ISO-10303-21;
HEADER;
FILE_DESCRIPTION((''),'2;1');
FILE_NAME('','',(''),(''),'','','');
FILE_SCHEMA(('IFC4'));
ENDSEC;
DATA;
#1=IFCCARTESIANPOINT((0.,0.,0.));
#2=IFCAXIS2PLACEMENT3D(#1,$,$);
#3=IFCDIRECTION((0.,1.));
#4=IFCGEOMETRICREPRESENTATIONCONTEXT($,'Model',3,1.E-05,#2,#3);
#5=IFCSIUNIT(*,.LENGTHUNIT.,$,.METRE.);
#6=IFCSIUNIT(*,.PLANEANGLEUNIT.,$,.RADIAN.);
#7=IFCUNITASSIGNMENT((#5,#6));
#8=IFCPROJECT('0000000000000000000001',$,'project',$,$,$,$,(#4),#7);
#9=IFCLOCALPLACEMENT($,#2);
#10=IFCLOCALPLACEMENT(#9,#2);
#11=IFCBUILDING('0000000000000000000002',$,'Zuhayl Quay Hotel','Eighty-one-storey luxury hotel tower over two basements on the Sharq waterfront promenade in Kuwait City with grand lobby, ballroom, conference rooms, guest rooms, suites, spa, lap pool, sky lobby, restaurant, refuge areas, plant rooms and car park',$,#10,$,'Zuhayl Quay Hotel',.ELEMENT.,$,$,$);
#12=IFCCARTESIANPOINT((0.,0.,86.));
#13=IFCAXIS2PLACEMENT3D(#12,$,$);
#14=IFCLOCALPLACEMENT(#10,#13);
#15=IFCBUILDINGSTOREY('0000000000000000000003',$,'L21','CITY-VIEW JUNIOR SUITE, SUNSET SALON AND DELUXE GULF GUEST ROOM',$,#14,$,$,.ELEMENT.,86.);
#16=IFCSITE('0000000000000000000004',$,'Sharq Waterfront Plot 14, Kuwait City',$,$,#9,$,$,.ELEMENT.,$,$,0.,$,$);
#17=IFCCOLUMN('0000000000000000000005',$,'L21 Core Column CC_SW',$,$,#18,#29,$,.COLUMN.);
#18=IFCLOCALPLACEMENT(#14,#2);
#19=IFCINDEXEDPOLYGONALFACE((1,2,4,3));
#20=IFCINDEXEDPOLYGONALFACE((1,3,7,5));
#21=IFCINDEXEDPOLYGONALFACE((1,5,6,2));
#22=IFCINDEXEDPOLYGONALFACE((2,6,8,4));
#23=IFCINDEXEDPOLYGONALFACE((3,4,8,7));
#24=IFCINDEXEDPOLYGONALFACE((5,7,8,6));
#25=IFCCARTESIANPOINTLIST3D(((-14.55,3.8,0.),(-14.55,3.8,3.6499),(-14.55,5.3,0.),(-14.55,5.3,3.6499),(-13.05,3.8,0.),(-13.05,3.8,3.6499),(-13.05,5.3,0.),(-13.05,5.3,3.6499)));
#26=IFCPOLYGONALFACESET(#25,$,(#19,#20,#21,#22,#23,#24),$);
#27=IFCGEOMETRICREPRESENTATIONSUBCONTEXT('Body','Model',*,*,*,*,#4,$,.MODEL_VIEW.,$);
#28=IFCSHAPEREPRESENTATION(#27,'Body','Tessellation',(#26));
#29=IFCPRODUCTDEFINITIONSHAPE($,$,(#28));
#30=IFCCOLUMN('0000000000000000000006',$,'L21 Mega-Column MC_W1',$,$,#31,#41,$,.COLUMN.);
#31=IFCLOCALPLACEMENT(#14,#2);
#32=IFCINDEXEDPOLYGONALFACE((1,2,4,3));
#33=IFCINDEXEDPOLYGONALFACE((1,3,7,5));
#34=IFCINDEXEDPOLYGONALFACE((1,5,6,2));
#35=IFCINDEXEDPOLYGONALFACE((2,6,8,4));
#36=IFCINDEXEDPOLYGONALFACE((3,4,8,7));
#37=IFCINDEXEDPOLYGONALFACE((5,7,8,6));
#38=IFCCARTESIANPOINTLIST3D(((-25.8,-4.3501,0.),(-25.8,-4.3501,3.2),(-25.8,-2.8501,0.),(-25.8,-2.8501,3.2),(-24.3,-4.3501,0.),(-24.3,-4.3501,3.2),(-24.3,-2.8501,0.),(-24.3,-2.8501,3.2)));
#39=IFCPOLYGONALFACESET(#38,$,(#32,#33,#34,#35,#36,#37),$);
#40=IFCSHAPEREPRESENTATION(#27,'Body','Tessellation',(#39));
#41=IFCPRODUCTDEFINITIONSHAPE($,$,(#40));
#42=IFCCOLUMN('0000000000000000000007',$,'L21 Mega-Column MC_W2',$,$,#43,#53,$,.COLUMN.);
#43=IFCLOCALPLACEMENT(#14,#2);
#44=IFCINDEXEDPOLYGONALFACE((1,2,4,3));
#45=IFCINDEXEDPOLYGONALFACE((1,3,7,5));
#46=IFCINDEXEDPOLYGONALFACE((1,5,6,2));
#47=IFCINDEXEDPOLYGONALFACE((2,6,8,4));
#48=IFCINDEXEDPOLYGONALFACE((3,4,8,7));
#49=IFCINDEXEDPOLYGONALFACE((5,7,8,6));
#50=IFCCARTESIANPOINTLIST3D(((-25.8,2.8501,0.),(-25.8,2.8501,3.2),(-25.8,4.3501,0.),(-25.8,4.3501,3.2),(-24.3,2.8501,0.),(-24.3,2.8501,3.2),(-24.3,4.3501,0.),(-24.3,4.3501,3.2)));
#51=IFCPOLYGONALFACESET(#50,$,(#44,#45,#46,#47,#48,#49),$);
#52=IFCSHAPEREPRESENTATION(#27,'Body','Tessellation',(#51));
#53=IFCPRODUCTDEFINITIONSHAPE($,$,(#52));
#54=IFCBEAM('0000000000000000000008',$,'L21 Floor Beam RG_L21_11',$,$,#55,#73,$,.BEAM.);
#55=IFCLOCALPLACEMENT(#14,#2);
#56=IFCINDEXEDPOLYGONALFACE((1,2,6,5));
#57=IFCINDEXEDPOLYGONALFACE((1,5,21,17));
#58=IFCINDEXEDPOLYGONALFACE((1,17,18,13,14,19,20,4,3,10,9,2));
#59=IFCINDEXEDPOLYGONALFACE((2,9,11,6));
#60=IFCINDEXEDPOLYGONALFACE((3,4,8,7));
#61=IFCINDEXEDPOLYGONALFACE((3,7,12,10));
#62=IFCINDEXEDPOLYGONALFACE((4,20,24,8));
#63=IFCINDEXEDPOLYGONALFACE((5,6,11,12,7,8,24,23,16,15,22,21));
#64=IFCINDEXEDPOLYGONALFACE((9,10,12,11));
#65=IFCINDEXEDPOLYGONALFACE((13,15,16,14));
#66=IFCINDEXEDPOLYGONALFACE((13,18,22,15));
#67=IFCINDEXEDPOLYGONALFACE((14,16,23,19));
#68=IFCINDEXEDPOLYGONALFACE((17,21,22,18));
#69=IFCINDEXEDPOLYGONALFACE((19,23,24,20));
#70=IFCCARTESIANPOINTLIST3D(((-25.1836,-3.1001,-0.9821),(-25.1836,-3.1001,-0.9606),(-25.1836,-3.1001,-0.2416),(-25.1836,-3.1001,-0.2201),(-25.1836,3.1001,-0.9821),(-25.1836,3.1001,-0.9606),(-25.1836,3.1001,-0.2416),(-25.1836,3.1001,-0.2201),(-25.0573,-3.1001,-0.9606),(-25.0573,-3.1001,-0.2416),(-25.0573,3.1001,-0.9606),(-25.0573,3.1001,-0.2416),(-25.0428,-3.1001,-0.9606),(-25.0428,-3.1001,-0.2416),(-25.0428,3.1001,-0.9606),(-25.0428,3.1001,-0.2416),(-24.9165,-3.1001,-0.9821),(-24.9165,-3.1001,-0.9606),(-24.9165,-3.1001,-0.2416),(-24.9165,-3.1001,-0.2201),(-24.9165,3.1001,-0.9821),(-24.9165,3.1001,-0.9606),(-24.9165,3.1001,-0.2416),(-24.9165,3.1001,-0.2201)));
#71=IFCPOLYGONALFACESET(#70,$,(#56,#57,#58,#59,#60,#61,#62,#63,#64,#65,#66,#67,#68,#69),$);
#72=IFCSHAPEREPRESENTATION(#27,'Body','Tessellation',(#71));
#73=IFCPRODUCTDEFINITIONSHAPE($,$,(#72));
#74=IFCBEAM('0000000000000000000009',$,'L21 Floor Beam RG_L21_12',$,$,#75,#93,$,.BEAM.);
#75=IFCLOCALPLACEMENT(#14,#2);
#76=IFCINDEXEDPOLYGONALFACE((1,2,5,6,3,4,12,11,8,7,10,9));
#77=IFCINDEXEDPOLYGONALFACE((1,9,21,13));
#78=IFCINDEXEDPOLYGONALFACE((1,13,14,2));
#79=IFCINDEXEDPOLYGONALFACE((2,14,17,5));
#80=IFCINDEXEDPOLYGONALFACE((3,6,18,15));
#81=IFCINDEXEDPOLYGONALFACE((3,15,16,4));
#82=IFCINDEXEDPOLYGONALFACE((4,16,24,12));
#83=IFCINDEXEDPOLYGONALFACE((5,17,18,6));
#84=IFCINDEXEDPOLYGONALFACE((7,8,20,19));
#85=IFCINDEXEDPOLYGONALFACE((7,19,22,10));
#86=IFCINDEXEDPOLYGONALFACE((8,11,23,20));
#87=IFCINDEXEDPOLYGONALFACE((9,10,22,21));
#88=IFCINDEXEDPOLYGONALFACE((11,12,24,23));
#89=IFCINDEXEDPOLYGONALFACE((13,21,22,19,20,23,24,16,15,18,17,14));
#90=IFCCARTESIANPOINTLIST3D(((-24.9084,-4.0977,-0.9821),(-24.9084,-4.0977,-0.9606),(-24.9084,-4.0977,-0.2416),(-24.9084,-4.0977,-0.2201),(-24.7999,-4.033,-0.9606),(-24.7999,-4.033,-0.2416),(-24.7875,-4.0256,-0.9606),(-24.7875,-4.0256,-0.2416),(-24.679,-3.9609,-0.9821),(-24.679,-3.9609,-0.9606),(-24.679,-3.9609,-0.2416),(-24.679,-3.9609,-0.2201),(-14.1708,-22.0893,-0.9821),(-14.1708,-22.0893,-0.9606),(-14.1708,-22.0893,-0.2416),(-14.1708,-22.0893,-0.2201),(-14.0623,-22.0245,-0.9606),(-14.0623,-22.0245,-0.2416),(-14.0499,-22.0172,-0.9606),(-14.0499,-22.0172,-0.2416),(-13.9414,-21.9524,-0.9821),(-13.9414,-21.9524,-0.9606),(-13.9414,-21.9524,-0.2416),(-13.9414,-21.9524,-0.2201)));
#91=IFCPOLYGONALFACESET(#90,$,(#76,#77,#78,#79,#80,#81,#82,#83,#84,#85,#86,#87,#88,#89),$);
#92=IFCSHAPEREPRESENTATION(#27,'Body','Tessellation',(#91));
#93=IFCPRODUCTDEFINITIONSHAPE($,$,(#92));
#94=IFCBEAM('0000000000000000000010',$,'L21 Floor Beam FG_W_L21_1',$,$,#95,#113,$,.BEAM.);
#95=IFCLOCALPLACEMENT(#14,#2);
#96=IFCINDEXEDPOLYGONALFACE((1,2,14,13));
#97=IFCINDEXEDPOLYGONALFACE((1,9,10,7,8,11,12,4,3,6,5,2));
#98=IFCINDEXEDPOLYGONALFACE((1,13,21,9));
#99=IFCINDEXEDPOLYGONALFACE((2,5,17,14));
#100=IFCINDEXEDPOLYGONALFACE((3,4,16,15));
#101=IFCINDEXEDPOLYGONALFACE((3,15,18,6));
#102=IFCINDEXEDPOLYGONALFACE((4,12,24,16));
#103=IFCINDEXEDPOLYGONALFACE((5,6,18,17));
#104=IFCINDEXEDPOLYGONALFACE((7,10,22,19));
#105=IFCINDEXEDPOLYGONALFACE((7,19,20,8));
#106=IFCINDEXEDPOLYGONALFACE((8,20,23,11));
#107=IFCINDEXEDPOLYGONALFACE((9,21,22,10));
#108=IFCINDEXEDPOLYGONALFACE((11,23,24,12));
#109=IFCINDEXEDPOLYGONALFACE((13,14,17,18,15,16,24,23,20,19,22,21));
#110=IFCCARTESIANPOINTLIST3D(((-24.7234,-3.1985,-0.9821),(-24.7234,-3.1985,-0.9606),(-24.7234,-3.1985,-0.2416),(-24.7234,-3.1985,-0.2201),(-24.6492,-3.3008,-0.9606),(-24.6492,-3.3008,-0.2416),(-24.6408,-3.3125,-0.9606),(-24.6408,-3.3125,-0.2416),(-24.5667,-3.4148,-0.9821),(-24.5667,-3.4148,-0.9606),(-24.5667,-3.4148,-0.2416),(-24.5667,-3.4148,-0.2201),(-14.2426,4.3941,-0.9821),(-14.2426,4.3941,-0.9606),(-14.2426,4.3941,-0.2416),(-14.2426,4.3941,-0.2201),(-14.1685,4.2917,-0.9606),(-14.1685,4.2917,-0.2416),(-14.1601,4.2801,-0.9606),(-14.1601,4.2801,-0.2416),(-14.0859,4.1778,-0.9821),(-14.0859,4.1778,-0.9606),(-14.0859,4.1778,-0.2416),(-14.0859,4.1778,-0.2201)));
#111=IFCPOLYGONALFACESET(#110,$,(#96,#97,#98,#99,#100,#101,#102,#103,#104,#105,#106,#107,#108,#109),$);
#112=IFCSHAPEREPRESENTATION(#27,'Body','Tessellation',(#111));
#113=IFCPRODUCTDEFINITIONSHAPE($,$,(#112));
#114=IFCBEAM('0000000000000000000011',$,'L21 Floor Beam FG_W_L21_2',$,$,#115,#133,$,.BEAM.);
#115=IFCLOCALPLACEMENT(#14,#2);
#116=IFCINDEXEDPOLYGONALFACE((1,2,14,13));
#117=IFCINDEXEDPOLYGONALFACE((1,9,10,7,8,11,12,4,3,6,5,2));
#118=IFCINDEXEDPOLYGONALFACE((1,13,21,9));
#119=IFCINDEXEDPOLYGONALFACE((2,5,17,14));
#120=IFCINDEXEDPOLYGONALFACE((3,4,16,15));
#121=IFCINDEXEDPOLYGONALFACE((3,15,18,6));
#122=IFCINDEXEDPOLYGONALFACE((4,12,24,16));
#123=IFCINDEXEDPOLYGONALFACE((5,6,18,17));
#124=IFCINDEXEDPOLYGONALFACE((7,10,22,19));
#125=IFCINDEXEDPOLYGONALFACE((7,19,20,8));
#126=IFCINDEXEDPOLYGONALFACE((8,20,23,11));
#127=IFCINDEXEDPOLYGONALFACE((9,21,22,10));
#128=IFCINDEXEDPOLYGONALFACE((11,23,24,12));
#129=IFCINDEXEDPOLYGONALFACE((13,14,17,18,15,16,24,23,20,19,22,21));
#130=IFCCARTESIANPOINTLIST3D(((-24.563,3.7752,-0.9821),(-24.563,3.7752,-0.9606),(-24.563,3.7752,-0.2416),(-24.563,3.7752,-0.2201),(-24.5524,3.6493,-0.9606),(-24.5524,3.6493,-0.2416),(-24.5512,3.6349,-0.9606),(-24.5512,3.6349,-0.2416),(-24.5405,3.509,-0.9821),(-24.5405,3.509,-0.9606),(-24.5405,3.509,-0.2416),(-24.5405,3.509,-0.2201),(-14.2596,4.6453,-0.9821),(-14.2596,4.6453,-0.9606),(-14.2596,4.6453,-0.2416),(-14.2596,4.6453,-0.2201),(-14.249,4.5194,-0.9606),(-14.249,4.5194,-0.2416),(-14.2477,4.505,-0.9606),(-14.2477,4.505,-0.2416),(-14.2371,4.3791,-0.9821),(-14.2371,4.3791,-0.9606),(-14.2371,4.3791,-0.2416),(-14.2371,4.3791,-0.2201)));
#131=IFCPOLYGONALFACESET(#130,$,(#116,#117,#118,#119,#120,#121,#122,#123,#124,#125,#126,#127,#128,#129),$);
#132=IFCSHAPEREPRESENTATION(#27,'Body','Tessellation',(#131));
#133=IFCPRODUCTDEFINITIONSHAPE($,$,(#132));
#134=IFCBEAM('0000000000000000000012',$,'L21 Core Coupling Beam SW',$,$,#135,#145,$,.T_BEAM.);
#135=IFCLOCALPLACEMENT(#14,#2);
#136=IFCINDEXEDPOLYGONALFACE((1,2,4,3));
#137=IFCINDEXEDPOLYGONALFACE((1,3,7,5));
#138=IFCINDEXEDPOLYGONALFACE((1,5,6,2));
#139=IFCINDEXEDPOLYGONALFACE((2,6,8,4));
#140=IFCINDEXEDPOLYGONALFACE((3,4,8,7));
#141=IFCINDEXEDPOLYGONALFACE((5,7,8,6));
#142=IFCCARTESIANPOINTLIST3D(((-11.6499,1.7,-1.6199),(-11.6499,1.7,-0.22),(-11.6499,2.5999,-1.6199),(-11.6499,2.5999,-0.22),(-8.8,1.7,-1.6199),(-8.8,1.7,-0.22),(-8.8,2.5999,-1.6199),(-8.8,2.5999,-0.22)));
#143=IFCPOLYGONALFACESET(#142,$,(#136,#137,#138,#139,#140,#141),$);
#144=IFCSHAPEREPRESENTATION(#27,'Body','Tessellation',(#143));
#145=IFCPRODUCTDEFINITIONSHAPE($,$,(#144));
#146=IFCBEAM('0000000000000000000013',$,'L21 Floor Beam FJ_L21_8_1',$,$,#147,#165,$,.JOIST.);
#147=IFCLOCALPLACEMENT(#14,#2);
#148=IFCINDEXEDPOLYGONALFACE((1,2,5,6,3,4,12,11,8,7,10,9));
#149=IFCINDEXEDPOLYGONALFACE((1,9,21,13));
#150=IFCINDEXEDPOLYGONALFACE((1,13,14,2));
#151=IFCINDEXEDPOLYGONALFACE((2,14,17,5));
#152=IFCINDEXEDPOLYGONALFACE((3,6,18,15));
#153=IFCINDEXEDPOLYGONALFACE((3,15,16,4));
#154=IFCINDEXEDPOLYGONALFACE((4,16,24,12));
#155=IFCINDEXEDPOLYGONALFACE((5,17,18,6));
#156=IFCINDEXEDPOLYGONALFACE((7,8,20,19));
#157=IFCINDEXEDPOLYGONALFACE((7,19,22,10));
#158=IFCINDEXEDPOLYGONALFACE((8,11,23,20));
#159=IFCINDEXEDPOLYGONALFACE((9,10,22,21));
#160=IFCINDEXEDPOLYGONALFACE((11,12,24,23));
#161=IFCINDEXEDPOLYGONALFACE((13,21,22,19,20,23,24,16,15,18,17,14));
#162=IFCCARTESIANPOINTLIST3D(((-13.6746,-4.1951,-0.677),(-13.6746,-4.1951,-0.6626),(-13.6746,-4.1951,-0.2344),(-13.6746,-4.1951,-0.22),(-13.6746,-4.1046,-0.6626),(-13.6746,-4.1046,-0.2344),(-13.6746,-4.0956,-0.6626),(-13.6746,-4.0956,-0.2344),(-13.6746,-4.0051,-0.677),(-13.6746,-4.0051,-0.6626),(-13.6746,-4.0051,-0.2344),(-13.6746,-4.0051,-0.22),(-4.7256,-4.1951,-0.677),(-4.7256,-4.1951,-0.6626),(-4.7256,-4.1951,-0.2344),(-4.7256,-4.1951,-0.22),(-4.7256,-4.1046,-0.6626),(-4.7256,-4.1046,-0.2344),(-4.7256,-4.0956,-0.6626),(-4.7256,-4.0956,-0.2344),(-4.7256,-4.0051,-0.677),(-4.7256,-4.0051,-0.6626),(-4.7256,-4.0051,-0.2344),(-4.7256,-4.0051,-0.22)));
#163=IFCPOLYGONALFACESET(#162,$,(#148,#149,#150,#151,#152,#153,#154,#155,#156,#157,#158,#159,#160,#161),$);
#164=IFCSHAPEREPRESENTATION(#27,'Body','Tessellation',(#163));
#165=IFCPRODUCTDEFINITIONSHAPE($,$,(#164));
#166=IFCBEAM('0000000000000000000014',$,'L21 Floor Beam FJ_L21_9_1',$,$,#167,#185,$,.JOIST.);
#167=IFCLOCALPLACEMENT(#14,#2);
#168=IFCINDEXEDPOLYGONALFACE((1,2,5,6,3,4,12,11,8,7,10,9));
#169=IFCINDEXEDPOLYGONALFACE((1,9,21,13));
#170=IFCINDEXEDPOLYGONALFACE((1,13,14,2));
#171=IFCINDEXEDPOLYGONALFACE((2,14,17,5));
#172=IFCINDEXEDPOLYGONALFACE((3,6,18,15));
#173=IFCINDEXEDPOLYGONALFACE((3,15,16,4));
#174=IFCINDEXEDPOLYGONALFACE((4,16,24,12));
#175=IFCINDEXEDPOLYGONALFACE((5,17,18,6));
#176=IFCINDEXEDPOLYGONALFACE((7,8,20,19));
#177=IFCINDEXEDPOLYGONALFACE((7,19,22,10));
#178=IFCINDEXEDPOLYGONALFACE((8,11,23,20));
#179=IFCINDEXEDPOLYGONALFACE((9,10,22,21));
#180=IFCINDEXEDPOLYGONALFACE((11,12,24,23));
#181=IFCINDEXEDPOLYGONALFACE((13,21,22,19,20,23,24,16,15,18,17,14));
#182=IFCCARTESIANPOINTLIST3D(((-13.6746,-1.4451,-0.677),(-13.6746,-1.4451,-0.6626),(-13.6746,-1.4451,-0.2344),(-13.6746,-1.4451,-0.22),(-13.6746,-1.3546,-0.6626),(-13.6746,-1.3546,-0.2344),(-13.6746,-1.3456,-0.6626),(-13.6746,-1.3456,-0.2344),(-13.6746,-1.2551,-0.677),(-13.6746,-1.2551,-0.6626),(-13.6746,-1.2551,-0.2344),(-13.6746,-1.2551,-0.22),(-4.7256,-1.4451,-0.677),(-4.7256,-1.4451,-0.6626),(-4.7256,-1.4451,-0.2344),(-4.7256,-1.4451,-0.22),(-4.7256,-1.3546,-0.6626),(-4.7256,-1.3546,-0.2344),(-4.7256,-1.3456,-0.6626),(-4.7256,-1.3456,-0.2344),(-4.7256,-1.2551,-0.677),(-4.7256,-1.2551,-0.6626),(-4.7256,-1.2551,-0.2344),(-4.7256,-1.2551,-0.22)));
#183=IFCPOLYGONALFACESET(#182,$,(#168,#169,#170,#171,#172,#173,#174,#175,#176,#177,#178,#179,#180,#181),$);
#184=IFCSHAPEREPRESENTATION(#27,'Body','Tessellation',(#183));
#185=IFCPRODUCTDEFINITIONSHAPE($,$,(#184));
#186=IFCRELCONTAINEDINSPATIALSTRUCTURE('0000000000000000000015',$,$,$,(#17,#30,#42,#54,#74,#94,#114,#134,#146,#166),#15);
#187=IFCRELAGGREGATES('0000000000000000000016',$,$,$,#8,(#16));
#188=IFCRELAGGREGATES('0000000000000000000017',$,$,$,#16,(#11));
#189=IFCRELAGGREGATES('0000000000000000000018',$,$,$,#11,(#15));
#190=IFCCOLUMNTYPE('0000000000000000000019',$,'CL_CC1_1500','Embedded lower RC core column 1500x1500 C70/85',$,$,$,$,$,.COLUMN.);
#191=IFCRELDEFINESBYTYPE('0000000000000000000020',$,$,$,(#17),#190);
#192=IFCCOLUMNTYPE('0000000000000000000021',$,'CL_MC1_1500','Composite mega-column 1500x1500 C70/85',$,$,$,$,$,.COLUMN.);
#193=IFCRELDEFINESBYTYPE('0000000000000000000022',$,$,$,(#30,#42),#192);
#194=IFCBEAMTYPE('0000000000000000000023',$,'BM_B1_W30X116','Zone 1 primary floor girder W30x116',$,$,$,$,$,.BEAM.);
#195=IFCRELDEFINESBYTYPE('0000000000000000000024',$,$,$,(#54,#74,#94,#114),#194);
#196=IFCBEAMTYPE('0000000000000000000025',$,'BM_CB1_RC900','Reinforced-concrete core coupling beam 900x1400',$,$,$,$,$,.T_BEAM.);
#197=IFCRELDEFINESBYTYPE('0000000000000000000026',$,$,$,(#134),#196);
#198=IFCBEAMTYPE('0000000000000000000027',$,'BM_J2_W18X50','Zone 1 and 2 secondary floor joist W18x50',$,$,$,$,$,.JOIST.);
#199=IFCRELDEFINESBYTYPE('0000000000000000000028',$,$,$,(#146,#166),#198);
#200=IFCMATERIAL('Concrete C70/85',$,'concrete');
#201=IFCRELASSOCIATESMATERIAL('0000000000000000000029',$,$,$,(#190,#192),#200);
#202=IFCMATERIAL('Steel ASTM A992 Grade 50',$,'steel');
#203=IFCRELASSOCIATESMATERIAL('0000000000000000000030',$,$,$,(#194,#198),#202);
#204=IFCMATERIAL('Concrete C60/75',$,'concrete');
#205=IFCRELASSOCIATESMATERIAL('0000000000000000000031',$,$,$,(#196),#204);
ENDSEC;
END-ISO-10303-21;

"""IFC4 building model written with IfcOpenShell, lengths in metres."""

from ifc_helpers import new_model, si_unit, direction, frame, origin, origin_2d, place, context, subcontext, project, spatial, rectangle, i_section, extrude, material, material_profile, profile_set, type_object, element, save


model = new_model("IFC4")

# Units and contexts
model_context = context("Model", 3, precision=1e-05, world=origin(), true_north=direction((0.0, 1.0)))
body_context = subcontext(model_context, "Body", "Model", "MODEL_VIEW")
ifc_project = project(units=[si_unit("LENGTHUNIT", "METRE"), si_unit("PLANEANGLEUNIT", "RADIAN")], contexts=[model_context])

# Site, building, storey
site_placement = place(None, origin())
site = spatial("IfcSite", under=ifc_project, at=site_placement, Name="Sharq Waterfront Plot 14, Kuwait City", CompositionType="ELEMENT", RefElevation=0.0)
building_placement = place(site_placement, origin())
building = spatial("IfcBuilding", under=site, at=building_placement, Name="Zuhayl Quay Hotel", Description="Eighty-one-storey luxury hotel tower over two basements on the Sharq waterfront promenade in Kuwait City with grand lobby, ballroom, conference rooms, guest rooms, suites, spa, lap pool, sky lobby, restaurant, refuge areas, plant rooms and car park", LongName="Zuhayl Quay Hotel", CompositionType="ELEMENT")
storey_placement = place(building_placement, frame((0.0, 0.0, 86.0)))
storey = spatial("IfcBuildingStorey", under=building, at=storey_placement, Name="L21", Description="CITY-VIEW JUNIOR SUITE, SUNSET SALON AND DELUXE GULF GUEST ROOM", CompositionType="ELEMENT", Elevation=86.0)

# Columns
ifc_material_1 = material(Name="Concrete C70/85", Category="concrete")
ifc_material_profile_1 = material_profile(ifc_material_1, rectangle(XDim=1.5, YDim=1.5, at=origin_2d()), Name="RC1500X1500")
ifc_profile_set_1 = profile_set([ifc_material_profile_1], Name="Concrete C70/85")
column_type_1 = type_object("IfcColumnType", Name="CL_CC1_1500", Description="Embedded lower RC core column 1500x1500 C70/85", PredefinedType="COLUMN", material=ifc_profile_set_1)
column_placement = place(storey_placement, frame((-13.8, 4.55, 0.0), z_axis=(0.0, 0.0, 1.0), x_axis=(1.0, 0.0, 0.0)))
element("IfcColumn", 1, at=column_placement, inside=storey, type_object=column_type_1, Name="L21 Core Column CC_SW", PredefinedType="COLUMN", context=body_context, shape_type="SweptSolid", body=[
    extrude(rectangle(XDim=1.5, YDim=1.5, at=origin_2d()), origin(), (0.0, 0.0, 1.0), 3.6499),
])
ifc_material_profile_2 = material_profile(ifc_material_1, rectangle(XDim=1.5, YDim=1.5, at=origin_2d()), Name="RC1500X1500")
ifc_profile_set_2 = profile_set([ifc_material_profile_2], Name="Concrete C70/85")
column_type_2 = type_object("IfcColumnType", Name="CL_MC1_1500", Description="Composite mega-column 1500x1500 C70/85", PredefinedType="COLUMN", material=ifc_profile_set_2)
for number, where, z_axis, x_axis, name in (
    (2, (-25.05, -3.6001, 0.0), (0.0, 0.0, 1.0), (1.0, 0.0, 0.0), "L21 Mega-Column MC_W1"),
    (3, (-25.05, 3.6001, 0.0), (0.0, 0.0, 1.0), (1.0, 0.0, 0.0), "L21 Mega-Column MC_W2"),
):
    element("IfcColumn", number, at=place(storey_placement, frame(where, z_axis=z_axis, x_axis=x_axis)), inside=storey, type_object=column_type_2, Name=name, PredefinedType="COLUMN", context=body_context, shape_type="SweptSolid", body=[
        extrude(rectangle(XDim=1.5, YDim=1.5, at=origin_2d()), origin(), (0.0, 0.0, 1.0), 3.2),
    ])

# Beams
ifc_material_2 = material(Name="Steel ASTM A992 Grade 50", Category="steel")
ifc_material_profile_3 = material_profile(ifc_material_2, i_section(OverallWidth=0.2671, OverallDepth=0.762, WebThickness=0.0144, FlangeThickness=0.0215, at=origin_2d()), Name="W30X116")
ifc_profile_set_3 = profile_set([ifc_material_profile_3], Name="Steel ASTM A992 Grade 50")
beam_type_1 = type_object("IfcBeamType", Name="BM_B1_W30X116", Description="Zone 1 primary floor girder W30x116", PredefinedType="BEAM", material=ifc_profile_set_3)
beam_1_placement = place(storey_placement, frame((-25.05, 3.1001, -0.6011), z_axis=(0.0, -1.0, 0.0), x_axis=(1.0, 0.0, 0.0)))
element("IfcBeam", 4, at=beam_1_placement, inside=storey, type_object=beam_type_1, Name="L21 Floor Beam RG_L21_11", PredefinedType="BEAM", context=body_context, shape_type="SweptSolid", body=[
    extrude(i_section(OverallWidth=0.2671, OverallDepth=0.762, WebThickness=0.0144, FlangeThickness=0.0215, at=origin_2d()), origin(), (0.0, 0.0, 1.0), 6.2002),
])
beam_2_placement = place(storey_placement, frame((-24.7937, -4.0293, -0.6011), z_axis=(0.512483, -0.858698, 0.0), x_axis=(0.858698, 0.512483, 0.0)))
element("IfcBeam", 5, at=beam_2_placement, inside=storey, type_object=beam_type_1, Name="L21 Floor Beam RG_L21_12", PredefinedType="BEAM", context=body_context, shape_type="SweptSolid", body=[
    extrude(i_section(OverallWidth=0.2671, OverallDepth=0.762, WebThickness=0.0144, FlangeThickness=0.0215, at=origin_2d()), origin(), (0.0, 0.0, 1.0), 20.9521),
])
beam_3_placement = place(storey_placement, frame((-24.645, -3.3066, -0.6011), z_axis=(0.80983, 0.586664, 0.0), x_axis=(-0.586664, 0.80983, 0.0)))
element("IfcBeam", 6, at=beam_3_placement, inside=storey, type_object=beam_type_1, Name="L21 Floor Beam FG_W_L21_1", PredefinedType="BEAM", context=body_context, shape_type="SweptSolid", body=[
    extrude(i_section(OverallWidth=0.2671, OverallDepth=0.762, WebThickness=0.0144, FlangeThickness=0.0215, at=origin_2d()), origin(), (0.0, 0.0, 1.0), 12.9419),
])
beam_4_placement = place(storey_placement, frame((-24.5518, 3.6421, -0.6011), z_axis=(0.996453, 0.084149, 0.0), x_axis=(-0.084149, 0.996453, 0.0)))
element("IfcBeam", 7, at=beam_4_placement, inside=storey, type_object=beam_type_1, Name="L21 Floor Beam FG_W_L21_2", PredefinedType="BEAM", context=body_context, shape_type="SweptSolid", body=[
    extrude(i_section(OverallWidth=0.2671, OverallDepth=0.762, WebThickness=0.0144, FlangeThickness=0.0215, at=origin_2d()), origin(), (0.0, 0.0, 1.0), 10.3401),
])
ifc_material_3 = material(Name="Concrete C60/75", Category="concrete")
ifc_material_profile_4 = material_profile(ifc_material_3, rectangle(XDim=0.8999, YDim=1.3999, at=origin_2d()), Name="RC900X1400")
ifc_profile_set_4 = profile_set([ifc_material_profile_4], Name="Concrete C60/75")
beam_type_2 = type_object("IfcBeamType", Name="BM_CB1_RC900", Description="Reinforced-concrete core coupling beam 900x1400", PredefinedType="T_BEAM", material=ifc_profile_set_4)
beam_5_placement = place(storey_placement, frame((-11.6499, 2.1499, -0.9199), z_axis=(1.0, 0.0, 0.0), x_axis=(0.0, 1.0, 0.0)))
element("IfcBeam", 8, at=beam_5_placement, inside=storey, type_object=beam_type_2, Name="L21 Core Coupling Beam SW", PredefinedType="T_BEAM", context=body_context, shape_type="SweptSolid", body=[
    extrude(rectangle(XDim=0.8999, YDim=1.3999, at=origin_2d()), origin(), (0.0, 0.0, 1.0), 2.8499),
])
ifc_material_profile_5 = material_profile(ifc_material_2, i_section(OverallWidth=0.1899, OverallDepth=0.457, WebThickness=0.009, FlangeThickness=0.0144, at=origin_2d()), Name="W18X50")
ifc_profile_set_5 = profile_set([ifc_material_profile_5], Name="Steel ASTM A992 Grade 50")
beam_type_3 = type_object("IfcBeamType", Name="BM_J2_W18X50", Description="Zone 1 and 2 secondary floor joist W18x50", PredefinedType="JOIST", material=ifc_profile_set_5)
for number, where, z_axis, x_axis, name in (
    (9, (-13.6746, -4.1001, -0.4485), (1.0, 0.0, 0.0), (0.0, 1.0, 0.0), "L21 Floor Beam FJ_L21_8_1"),
    (10, (-13.6746, -1.3501, -0.4485), (1.0, 0.0, 0.0), (0.0, 1.0, 0.0), "L21 Floor Beam FJ_L21_9_1"),
):
    element("IfcBeam", number, at=place(storey_placement, frame(where, z_axis=z_axis, x_axis=x_axis)), inside=storey, type_object=beam_type_3, Name=name, PredefinedType="JOIST", context=body_context, shape_type="SweptSolid", body=[
        extrude(i_section(OverallWidth=0.1899, OverallDepth=0.457, WebThickness=0.009, FlangeThickness=0.0144, at=origin_2d()), origin(), (0.0, 0.0, 1.0), 8.949),
    ])

save(model, "model.ifc")
